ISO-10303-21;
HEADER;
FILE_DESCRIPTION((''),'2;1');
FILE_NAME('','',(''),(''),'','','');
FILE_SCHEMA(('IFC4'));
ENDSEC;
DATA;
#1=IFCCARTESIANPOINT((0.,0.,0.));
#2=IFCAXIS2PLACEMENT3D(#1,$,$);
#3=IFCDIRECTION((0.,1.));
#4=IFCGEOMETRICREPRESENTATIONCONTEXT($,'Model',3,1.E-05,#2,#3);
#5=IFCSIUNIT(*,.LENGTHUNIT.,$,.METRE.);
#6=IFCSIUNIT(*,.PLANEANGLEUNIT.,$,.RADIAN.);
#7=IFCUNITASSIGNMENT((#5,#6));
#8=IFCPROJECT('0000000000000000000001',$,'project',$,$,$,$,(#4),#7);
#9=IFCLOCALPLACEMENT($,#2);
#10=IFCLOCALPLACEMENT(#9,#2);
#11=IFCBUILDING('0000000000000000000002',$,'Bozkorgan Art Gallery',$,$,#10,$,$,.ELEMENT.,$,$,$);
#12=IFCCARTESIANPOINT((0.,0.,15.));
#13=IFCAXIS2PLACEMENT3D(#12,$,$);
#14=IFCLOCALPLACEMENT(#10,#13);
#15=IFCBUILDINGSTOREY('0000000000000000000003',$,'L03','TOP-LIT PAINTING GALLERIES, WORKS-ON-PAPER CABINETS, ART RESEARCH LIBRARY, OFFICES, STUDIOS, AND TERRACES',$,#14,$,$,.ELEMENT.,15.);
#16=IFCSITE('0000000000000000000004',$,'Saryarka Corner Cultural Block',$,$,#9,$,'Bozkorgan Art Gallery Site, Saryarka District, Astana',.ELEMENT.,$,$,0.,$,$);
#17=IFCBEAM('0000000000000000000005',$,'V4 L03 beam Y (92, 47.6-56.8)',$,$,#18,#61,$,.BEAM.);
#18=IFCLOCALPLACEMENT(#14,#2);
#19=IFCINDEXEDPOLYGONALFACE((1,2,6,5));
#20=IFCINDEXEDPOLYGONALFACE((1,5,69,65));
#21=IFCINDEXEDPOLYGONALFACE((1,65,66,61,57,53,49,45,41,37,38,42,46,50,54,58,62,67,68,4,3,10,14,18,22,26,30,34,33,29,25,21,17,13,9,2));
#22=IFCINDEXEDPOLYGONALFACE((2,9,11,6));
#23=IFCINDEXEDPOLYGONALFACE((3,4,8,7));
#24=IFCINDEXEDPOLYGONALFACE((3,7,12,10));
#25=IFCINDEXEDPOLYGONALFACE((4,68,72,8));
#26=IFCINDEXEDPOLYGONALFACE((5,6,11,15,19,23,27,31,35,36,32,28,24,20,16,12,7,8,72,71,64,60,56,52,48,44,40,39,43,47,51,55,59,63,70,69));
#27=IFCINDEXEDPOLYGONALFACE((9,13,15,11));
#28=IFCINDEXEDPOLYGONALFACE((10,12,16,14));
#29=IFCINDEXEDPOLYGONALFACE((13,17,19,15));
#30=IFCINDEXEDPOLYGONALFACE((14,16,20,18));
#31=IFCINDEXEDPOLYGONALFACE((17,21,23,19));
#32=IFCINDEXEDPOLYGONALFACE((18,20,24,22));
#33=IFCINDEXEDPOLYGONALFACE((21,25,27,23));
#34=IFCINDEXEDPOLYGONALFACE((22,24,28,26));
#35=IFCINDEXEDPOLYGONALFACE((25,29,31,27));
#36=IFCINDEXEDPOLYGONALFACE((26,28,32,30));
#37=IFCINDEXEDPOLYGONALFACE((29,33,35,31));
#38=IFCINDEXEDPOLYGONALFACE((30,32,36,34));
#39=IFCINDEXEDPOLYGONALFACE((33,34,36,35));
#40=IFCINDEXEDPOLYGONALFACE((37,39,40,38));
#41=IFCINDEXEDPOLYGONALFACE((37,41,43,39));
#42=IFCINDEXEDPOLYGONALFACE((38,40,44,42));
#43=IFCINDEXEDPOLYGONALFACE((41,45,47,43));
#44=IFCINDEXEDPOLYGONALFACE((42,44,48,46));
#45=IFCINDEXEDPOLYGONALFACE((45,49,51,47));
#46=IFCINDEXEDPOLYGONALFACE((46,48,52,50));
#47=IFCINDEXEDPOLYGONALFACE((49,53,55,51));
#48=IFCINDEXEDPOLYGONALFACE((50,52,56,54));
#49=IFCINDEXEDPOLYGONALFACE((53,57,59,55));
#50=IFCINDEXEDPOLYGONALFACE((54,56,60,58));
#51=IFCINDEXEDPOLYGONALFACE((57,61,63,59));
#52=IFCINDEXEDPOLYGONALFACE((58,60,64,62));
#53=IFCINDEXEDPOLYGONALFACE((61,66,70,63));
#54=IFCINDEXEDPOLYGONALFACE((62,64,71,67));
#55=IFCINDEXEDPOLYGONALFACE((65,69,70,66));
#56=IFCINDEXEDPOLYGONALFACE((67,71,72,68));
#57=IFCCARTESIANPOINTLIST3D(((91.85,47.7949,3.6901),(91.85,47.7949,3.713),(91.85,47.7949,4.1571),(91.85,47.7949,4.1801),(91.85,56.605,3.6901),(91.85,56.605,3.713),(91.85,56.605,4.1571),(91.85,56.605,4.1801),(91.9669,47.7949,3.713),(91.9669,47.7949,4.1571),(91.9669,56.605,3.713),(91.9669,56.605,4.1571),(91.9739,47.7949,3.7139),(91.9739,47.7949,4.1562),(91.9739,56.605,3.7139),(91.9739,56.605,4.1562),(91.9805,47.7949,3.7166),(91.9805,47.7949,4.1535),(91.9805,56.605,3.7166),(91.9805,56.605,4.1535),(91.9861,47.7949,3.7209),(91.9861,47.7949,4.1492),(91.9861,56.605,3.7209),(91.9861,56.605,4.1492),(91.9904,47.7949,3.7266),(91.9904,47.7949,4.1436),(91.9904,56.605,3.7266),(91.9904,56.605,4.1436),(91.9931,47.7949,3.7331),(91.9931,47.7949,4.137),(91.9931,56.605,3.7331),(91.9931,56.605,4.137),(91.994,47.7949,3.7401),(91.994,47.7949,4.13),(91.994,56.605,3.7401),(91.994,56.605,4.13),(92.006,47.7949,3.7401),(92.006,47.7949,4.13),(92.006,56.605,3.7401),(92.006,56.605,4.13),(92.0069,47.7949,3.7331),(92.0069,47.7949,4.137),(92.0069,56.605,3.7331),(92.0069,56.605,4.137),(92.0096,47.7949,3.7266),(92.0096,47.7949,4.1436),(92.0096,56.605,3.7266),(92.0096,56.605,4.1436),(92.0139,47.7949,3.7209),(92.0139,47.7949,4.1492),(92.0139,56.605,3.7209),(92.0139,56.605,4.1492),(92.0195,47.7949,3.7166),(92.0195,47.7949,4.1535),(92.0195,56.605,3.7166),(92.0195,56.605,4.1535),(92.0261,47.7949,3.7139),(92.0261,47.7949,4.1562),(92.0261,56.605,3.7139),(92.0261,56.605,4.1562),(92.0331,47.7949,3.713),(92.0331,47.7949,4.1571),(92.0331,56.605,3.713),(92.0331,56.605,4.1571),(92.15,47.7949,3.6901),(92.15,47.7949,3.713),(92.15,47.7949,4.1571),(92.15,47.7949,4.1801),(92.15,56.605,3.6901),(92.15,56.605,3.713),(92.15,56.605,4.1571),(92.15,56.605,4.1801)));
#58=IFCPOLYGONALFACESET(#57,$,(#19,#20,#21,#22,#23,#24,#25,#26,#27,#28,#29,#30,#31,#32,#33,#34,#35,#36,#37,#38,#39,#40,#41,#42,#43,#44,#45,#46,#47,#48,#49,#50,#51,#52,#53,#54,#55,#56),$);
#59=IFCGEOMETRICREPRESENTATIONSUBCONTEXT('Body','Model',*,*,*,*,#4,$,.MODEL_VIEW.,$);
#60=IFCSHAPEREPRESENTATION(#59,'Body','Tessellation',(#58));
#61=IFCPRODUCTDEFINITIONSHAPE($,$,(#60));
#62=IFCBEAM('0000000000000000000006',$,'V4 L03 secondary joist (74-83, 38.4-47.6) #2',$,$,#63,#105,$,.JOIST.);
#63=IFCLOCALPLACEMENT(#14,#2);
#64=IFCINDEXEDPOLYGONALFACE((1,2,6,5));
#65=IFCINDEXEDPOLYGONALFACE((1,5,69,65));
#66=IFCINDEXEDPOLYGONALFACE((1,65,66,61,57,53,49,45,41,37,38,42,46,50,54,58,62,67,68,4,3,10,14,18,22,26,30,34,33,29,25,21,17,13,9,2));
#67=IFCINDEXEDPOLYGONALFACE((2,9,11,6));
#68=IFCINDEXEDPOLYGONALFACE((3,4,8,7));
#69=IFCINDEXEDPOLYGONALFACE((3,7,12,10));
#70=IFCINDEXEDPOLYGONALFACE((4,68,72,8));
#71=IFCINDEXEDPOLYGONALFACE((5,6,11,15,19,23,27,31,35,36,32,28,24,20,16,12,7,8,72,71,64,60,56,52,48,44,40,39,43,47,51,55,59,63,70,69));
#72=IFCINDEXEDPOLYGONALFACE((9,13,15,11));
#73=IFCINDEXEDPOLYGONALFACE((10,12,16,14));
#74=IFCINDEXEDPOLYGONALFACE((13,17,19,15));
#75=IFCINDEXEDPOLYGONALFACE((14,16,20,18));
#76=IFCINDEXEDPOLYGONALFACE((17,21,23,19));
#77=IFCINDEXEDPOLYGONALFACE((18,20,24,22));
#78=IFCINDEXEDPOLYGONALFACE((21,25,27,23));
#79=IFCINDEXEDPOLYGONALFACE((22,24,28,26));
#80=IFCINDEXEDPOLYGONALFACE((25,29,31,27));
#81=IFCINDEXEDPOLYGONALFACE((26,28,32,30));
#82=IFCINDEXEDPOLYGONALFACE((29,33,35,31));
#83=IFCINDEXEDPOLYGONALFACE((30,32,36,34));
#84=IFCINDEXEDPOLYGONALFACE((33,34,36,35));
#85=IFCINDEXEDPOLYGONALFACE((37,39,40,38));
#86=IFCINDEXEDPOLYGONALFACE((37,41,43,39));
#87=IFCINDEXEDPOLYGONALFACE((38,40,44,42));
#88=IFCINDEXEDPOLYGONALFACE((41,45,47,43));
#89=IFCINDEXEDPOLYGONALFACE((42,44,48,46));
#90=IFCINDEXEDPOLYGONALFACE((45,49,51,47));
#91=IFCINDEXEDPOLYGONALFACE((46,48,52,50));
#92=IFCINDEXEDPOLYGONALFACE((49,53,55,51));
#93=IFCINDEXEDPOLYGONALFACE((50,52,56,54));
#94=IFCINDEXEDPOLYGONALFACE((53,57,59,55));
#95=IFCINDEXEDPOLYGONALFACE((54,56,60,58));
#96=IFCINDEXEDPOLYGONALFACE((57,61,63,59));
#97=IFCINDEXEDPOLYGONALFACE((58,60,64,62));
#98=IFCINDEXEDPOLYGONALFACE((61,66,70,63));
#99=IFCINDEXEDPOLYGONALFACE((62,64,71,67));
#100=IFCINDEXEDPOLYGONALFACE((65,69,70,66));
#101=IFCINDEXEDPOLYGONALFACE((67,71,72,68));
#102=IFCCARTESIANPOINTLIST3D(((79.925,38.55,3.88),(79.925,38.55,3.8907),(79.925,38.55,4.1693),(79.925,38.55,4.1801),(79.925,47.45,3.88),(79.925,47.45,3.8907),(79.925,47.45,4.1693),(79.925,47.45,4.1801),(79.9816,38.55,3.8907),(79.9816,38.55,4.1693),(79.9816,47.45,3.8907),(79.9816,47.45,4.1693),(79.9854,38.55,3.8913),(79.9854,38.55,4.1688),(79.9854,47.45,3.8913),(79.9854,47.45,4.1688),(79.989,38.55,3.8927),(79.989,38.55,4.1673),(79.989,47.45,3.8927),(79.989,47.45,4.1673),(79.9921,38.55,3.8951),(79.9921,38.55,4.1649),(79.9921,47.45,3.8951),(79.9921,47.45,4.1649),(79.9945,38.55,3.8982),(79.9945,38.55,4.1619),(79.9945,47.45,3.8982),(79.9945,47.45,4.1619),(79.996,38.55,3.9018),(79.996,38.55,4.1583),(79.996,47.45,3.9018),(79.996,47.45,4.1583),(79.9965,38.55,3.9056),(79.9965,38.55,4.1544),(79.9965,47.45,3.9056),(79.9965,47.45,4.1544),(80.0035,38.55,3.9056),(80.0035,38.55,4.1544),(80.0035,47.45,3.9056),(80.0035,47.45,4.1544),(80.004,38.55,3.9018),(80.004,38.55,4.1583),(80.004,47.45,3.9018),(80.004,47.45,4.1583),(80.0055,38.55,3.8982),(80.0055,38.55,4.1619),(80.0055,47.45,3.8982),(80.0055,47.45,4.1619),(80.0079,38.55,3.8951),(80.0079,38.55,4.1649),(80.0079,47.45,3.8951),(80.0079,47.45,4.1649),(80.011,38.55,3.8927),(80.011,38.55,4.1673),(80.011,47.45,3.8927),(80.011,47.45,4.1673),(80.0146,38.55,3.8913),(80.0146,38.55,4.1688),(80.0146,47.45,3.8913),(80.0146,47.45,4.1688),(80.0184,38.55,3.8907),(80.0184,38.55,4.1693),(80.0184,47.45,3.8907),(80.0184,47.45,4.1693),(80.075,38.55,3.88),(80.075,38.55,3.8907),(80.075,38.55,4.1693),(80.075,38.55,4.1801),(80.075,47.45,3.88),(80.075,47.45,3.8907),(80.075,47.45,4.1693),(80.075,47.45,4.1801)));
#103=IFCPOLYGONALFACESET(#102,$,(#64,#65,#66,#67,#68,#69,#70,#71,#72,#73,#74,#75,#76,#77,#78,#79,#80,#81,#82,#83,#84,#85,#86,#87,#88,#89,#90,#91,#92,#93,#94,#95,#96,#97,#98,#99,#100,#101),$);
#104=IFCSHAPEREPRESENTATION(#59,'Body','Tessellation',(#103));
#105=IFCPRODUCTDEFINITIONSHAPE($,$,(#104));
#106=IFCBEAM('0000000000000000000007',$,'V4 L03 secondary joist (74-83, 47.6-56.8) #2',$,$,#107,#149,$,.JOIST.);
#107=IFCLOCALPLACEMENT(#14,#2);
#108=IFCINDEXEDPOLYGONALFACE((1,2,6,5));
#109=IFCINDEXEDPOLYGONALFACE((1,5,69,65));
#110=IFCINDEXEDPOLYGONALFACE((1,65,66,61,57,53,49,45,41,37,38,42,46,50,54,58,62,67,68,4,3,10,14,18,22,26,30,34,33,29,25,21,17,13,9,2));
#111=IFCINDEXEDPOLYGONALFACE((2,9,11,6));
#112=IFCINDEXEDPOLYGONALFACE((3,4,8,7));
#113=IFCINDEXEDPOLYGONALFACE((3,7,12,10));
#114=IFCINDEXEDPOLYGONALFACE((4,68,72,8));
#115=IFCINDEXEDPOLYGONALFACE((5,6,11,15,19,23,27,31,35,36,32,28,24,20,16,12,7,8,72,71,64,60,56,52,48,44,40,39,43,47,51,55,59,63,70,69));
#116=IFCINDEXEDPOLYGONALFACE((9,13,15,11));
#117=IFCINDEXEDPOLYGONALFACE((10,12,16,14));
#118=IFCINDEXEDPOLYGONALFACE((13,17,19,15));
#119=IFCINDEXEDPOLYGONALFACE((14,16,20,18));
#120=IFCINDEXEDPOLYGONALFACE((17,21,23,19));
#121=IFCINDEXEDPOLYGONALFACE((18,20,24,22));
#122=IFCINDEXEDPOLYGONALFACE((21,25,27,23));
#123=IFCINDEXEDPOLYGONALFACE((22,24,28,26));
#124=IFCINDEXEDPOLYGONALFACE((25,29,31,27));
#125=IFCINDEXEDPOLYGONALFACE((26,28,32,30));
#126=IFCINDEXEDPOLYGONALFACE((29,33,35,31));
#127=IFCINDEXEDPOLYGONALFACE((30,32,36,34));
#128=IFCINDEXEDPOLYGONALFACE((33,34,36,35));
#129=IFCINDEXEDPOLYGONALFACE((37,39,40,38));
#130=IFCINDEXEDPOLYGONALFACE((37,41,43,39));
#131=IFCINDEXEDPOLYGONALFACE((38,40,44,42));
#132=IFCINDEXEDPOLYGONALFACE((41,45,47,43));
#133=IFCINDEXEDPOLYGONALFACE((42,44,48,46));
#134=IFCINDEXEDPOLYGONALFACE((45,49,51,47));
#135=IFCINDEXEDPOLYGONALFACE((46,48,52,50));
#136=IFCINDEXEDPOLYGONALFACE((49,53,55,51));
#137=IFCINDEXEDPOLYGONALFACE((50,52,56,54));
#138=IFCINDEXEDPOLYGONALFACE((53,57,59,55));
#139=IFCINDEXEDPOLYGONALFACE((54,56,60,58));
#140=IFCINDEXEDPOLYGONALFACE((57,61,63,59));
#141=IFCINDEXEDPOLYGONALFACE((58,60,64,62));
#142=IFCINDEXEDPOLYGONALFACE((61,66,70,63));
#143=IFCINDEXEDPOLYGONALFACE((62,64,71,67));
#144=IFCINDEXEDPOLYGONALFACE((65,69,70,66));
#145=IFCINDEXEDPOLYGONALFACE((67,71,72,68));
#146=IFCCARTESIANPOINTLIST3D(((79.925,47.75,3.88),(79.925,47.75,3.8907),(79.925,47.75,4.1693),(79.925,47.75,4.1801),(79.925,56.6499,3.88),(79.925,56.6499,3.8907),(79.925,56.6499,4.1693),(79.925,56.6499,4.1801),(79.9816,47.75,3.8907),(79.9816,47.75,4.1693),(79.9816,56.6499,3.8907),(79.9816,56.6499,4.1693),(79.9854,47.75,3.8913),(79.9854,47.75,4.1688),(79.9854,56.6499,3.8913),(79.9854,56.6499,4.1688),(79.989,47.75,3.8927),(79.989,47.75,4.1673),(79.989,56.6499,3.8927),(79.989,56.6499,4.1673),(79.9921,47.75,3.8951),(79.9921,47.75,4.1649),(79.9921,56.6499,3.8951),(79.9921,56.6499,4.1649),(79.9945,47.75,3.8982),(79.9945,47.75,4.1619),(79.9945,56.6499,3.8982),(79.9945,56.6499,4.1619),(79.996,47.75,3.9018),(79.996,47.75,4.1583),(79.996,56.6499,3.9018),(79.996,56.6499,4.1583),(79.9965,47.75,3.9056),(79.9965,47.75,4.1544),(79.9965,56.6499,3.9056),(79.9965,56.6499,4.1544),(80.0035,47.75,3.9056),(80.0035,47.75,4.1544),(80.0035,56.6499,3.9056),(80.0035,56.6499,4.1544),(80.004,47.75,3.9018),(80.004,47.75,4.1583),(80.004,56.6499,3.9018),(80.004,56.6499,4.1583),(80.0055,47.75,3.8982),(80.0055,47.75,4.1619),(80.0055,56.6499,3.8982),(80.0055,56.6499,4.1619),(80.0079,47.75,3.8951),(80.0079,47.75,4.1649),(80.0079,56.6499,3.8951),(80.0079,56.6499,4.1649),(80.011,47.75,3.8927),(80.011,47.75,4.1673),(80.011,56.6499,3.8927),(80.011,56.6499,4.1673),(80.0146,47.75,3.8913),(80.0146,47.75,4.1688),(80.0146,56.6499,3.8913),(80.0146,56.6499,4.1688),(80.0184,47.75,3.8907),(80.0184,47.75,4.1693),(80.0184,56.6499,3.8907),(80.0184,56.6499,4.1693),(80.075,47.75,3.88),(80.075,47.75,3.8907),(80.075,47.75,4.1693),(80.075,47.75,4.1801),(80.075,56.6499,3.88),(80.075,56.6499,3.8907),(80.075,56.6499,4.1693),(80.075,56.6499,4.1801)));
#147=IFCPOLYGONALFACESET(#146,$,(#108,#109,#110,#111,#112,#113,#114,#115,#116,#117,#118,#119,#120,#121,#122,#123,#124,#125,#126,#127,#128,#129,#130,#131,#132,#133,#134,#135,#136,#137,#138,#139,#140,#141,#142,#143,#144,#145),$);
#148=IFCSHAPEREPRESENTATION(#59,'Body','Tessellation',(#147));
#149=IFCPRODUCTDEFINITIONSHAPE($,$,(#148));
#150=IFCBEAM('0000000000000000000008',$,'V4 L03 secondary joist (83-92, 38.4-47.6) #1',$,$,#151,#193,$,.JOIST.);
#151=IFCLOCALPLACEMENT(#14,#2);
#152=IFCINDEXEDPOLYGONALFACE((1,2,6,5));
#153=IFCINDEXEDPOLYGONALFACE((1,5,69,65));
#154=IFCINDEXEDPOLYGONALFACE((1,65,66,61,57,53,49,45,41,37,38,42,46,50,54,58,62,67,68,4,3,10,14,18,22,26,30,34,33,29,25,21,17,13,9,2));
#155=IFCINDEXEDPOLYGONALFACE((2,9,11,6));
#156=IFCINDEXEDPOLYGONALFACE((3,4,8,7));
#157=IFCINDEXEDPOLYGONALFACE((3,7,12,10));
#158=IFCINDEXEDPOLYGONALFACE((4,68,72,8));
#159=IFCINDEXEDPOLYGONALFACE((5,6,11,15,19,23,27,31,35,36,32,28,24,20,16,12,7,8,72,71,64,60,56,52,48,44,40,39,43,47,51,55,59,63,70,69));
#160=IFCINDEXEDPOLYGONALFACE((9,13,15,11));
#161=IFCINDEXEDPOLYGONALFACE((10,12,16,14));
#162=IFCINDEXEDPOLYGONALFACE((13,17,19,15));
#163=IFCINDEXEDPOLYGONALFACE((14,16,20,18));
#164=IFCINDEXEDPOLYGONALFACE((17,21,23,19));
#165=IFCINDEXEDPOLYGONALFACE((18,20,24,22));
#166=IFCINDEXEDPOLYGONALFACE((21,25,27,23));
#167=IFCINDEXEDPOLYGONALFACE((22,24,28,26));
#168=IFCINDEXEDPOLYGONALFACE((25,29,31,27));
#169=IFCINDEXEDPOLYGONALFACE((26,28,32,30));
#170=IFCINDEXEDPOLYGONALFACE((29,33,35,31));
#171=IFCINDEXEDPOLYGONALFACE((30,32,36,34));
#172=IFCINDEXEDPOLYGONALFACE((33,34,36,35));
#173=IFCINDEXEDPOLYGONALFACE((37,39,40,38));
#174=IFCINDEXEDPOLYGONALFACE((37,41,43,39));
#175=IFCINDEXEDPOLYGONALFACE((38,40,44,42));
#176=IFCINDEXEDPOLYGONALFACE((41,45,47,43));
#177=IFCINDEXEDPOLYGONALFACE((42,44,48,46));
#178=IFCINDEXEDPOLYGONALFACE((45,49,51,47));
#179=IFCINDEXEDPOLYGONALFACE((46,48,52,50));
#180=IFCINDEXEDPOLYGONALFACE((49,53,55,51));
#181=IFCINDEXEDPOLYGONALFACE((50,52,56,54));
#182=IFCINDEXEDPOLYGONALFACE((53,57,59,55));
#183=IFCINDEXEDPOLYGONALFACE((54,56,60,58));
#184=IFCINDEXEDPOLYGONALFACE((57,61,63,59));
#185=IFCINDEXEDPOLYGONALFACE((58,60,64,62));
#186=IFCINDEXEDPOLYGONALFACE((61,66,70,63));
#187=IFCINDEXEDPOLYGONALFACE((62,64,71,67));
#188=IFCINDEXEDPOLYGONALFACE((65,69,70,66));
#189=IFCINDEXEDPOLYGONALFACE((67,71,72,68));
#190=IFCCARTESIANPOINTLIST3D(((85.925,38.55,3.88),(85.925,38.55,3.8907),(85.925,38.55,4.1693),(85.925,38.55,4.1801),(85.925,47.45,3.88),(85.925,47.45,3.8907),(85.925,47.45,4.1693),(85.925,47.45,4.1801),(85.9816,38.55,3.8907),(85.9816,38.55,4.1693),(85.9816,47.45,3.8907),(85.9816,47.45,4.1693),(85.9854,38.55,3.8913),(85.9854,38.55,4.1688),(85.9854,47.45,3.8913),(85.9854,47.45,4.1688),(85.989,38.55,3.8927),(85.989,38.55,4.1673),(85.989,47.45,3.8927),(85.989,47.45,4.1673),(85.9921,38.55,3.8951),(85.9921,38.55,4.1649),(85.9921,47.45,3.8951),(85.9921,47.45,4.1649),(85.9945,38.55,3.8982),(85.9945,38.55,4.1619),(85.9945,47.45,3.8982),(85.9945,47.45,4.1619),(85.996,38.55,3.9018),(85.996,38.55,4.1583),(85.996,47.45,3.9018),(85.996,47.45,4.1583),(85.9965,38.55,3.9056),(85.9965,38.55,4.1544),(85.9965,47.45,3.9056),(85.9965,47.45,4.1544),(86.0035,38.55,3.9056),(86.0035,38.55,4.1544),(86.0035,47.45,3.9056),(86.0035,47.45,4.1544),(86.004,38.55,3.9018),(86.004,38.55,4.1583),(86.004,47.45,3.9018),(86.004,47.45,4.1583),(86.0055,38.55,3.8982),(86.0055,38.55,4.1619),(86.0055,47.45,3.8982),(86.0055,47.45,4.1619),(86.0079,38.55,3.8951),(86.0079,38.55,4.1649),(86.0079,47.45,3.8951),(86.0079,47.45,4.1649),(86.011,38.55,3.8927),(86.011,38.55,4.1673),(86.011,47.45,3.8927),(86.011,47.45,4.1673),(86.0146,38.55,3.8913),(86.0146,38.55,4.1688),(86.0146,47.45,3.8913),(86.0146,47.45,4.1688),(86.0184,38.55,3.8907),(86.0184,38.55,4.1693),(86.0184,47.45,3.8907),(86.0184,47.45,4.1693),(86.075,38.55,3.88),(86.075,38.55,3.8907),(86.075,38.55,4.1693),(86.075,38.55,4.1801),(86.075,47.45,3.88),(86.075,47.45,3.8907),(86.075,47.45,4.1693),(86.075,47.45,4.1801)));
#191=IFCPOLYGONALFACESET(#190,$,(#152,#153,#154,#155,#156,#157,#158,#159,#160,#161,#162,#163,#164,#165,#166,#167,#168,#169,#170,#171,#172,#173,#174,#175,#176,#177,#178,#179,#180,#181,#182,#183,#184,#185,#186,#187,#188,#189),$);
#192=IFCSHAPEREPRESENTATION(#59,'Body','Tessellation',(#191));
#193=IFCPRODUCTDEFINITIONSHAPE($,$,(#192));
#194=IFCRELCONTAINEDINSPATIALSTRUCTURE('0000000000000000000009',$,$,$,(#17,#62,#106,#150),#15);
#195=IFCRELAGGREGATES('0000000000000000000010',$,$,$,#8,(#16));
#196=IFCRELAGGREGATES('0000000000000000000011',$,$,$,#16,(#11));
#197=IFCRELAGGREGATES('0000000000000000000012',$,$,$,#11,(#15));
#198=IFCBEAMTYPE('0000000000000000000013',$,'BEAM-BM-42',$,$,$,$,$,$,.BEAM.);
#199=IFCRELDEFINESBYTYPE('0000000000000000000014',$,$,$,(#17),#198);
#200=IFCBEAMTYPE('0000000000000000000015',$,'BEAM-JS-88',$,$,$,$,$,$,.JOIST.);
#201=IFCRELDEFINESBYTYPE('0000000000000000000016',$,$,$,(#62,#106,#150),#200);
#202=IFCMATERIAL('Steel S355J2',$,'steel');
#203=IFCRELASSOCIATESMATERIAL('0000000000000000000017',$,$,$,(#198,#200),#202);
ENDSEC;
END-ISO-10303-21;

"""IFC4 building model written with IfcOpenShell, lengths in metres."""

from ifc_helpers import new_model, si_unit, direction, frame, origin, origin_2d, place, context, subcontext, project, spatial, i_section, extrude, material, material_profile, profile_set, type_object, element, save


model = new_model("IFC4")

# Units and contexts
model_context = context("Model", 3, precision=1e-05, world=origin(), true_north=direction((0.0, 1.0)))
body_context = subcontext(model_context, "Body", "Model", "MODEL_VIEW")
ifc_project = project(units=[si_unit("LENGTHUNIT", "METRE"), si_unit("PLANEANGLEUNIT", "RADIAN")], contexts=[model_context])

# Site, building, storey
site_placement = place(None, origin())
site = spatial("IfcSite", under=ifc_project, at=site_placement, Name="Saryarka Corner Cultural Block", LongName="Bozkorgan Art Gallery Site, Saryarka District, Astana", CompositionType="ELEMENT", RefElevation=0.0)
building_placement = place(site_placement, origin())
building = spatial("IfcBuilding", under=site, at=building_placement, Name="Bozkorgan Art Gallery", CompositionType="ELEMENT")
storey_placement = place(building_placement, frame((0.0, 0.0, 15.0)))
storey = spatial("IfcBuildingStorey", under=building, at=storey_placement, Name="L03", Description="TOP-LIT PAINTING GALLERIES, WORKS-ON-PAPER CABINETS, ART RESEARCH LIBRARY, OFFICES, STUDIOS, AND TERRACES", CompositionType="ELEMENT", Elevation=15.0)

# Shared definitions
ifc_material_1 = material(Name="Steel S355J2", Category="steel")

# Beams
ifc_material_profile_1 = material_profile(ifc_material_1, i_section(OverallWidth=0.3, OverallDepth=0.49, WebThickness=0.012, FlangeThickness=0.0229, FilletRadius=0.0271, at=origin_2d()), Name="HEA 500")
ifc_profile_set_1 = profile_set([ifc_material_profile_1], Name="Steel S355J2")
beam_type_1 = type_object("IfcBeamType", Name="BEAM-BM-42", PredefinedType="BEAM", material=ifc_profile_set_1)
beam_1_placement = place(storey_placement, frame((92.0, 47.7949, 3.9351), z_axis=(0.0, 1.0, 0.0), x_axis=(-1.0, 0.0, 0.0)))
element("IfcBeam", 1, at=beam_1_placement, inside=storey, type_object=beam_type_1, Name="V4 L03 beam Y (92, 47.6-56.8)", PredefinedType="BEAM", context=body_context, shape_type="SweptSolid", body=[
    extrude(i_section(OverallWidth=0.3, OverallDepth=0.49, WebThickness=0.012, FlangeThickness=0.0229, FilletRadius=0.0271, at=origin_2d()), origin(), (0.0, 0.0, 1.0), 8.8101),
])
ifc_material_profile_2 = material_profile(ifc_material_1, i_section(OverallWidth=0.1499, OverallDepth=0.3, WebThickness=0.0071, FlangeThickness=0.0107, FilletRadius=0.0149, at=origin_2d()), Name="IPE 300")
ifc_profile_set_2 = profile_set([ifc_material_profile_2], Name="Steel S355J2")
beam_type_2 = type_object("IfcBeamType", Name="BEAM-JS-88", PredefinedType="JOIST", material=ifc_profile_set_2)
for number, where, z_axis, x_axis, name in (
    (2, (80.0, 38.55, 4.03), (0.0, 1.0, 0.0), (-1.0, 0.0, 0.0), "V4 L03 secondary joist (74-83, 38.4-47.6) #2"),
    (3, (80.0, 47.75, 4.03), (0.0, 1.0, 0.0), (-1.0, 0.0, 0.0), "V4 L03 secondary joist (74-83, 47.6-56.8) #2"),
    (4, (86.0, 38.55, 4.03), (0.0, 1.0, 0.0), (-1.0, 0.0, 0.0), "V4 L03 secondary joist (83-92, 38.4-47.6) #1"),
):
    element("IfcBeam", number, at=place(storey_placement, frame(where, z_axis=z_axis, x_axis=x_axis)), inside=storey, type_object=beam_type_2, Name=name, PredefinedType="JOIST", context=body_context, shape_type="SweptSolid", body=[
        extrude(i_section(OverallWidth=0.1499, OverallDepth=0.3, WebThickness=0.0071, FlangeThickness=0.0107, FilletRadius=0.0149, at=origin_2d()), origin(), (0.0, 0.0, 1.0), 8.8999),
    ])

save(model, "model.ifc")
